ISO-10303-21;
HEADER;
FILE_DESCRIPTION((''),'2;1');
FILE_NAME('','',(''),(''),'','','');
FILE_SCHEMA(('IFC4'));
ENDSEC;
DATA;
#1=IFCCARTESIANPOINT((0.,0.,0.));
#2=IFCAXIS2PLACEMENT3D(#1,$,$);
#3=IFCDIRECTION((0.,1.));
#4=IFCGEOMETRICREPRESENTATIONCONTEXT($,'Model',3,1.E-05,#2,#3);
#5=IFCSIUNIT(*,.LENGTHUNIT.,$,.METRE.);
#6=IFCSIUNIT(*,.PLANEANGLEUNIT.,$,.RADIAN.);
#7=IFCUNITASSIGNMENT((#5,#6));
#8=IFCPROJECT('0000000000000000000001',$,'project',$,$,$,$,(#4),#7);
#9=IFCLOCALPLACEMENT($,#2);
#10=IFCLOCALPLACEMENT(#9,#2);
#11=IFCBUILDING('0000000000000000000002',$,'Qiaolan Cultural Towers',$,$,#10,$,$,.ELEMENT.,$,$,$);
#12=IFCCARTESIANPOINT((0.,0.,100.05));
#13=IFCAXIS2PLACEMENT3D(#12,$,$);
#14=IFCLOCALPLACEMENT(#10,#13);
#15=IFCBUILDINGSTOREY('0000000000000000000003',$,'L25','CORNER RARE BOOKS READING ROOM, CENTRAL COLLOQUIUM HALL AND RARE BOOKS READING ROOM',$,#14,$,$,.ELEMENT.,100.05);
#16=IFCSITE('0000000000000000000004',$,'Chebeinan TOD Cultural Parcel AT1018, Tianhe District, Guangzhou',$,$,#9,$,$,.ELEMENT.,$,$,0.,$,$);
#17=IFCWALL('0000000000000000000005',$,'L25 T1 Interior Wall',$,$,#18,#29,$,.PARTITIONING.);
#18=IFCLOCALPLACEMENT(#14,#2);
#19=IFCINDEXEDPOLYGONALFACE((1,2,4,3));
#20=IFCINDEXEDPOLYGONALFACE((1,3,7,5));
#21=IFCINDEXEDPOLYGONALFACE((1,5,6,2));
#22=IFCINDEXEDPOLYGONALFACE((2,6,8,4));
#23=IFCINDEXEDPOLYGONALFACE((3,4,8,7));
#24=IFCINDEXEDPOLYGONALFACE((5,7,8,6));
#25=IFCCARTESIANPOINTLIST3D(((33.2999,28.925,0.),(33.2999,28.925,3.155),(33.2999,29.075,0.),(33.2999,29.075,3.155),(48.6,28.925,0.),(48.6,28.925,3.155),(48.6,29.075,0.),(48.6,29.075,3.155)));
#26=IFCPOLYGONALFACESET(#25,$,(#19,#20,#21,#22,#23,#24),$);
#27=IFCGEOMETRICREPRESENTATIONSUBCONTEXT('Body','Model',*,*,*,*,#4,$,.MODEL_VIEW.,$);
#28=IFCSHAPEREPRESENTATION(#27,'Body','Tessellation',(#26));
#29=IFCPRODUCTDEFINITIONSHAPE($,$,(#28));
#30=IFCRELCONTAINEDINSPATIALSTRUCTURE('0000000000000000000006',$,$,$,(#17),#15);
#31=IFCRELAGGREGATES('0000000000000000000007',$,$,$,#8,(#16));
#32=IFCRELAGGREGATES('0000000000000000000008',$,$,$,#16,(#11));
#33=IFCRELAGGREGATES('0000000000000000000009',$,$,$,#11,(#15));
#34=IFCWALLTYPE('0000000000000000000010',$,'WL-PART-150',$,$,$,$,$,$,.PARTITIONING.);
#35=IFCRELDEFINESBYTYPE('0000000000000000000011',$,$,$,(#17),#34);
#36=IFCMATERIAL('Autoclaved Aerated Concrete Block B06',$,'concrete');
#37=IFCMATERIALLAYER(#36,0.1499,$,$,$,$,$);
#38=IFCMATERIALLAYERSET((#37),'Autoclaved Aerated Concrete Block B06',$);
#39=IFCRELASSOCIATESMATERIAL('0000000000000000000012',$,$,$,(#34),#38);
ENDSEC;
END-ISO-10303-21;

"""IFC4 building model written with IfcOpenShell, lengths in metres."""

from ifc_helpers import new_model, si_unit, direction, frame, frame_2d, origin, place, context, subcontext, project, spatial, rectangle, extrude, material, layer, layer_set, type_object, element, save


model = new_model("IFC4")

# Units and contexts
model_context = context("Model", 3, precision=1e-05, world=origin(), true_north=direction((0.0, 1.0)))
body_context = subcontext(model_context, "Body", "Model", "MODEL_VIEW")
ifc_project = project(units=[si_unit("LENGTHUNIT", "METRE"), si_unit("PLANEANGLEUNIT", "RADIAN")], contexts=[model_context])

# Site, building, storey
site_placement = place(None, origin())
site = spatial("IfcSite", under=ifc_project, at=site_placement, Name="Chebeinan TOD Cultural Parcel AT1018, Tianhe District, Guangzhou", CompositionType="ELEMENT", RefElevation=0.0)
building_placement = place(site_placement, origin())
building = spatial("IfcBuilding", under=site, at=building_placement, Name="Qiaolan Cultural Towers", CompositionType="ELEMENT")
storey_placement = place(building_placement, frame((0.0, 0.0, 100.05)))
storey = spatial("IfcBuildingStorey", under=building, at=storey_placement, Name="L25", Description="CORNER RARE BOOKS READING ROOM, CENTRAL COLLOQUIUM HALL AND RARE BOOKS READING ROOM", CompositionType="ELEMENT", Elevation=100.05)

# Shared definitions
ifc_material_1 = material(Name="Autoclaved Aerated Concrete Block B06", Category="concrete")
ifc_layer_1 = layer(ifc_material_1, 0.1499)
ifc_layer_set_1 = layer_set([ifc_layer_1], Name="Autoclaved Aerated Concrete Block B06")
wall_type_1 = type_object("IfcWallType", Name="WL-PART-150", PredefinedType="PARTITIONING", material=ifc_layer_set_1)

# Wall
wall_1_placement = place(storey_placement, frame((33.3, 29.0, 0.0), z_axis=(0.0, 0.0, 1.0), x_axis=(1.0, 0.0, 0.0)))
element("IfcWall", 1, at=wall_1_placement, inside=storey, type_object=wall_type_1, Name="L25 T1 Interior Wall", PredefinedType="PARTITIONING", context=body_context, shape_type="SweptSolid", body=[
    extrude(rectangle(XDim=15.3, YDim=0.1499, at=frame_2d((7.6499, 0.0))), origin(), (0.0, 0.0, 1.0), 3.155),
])

save(model, "model.ifc")
